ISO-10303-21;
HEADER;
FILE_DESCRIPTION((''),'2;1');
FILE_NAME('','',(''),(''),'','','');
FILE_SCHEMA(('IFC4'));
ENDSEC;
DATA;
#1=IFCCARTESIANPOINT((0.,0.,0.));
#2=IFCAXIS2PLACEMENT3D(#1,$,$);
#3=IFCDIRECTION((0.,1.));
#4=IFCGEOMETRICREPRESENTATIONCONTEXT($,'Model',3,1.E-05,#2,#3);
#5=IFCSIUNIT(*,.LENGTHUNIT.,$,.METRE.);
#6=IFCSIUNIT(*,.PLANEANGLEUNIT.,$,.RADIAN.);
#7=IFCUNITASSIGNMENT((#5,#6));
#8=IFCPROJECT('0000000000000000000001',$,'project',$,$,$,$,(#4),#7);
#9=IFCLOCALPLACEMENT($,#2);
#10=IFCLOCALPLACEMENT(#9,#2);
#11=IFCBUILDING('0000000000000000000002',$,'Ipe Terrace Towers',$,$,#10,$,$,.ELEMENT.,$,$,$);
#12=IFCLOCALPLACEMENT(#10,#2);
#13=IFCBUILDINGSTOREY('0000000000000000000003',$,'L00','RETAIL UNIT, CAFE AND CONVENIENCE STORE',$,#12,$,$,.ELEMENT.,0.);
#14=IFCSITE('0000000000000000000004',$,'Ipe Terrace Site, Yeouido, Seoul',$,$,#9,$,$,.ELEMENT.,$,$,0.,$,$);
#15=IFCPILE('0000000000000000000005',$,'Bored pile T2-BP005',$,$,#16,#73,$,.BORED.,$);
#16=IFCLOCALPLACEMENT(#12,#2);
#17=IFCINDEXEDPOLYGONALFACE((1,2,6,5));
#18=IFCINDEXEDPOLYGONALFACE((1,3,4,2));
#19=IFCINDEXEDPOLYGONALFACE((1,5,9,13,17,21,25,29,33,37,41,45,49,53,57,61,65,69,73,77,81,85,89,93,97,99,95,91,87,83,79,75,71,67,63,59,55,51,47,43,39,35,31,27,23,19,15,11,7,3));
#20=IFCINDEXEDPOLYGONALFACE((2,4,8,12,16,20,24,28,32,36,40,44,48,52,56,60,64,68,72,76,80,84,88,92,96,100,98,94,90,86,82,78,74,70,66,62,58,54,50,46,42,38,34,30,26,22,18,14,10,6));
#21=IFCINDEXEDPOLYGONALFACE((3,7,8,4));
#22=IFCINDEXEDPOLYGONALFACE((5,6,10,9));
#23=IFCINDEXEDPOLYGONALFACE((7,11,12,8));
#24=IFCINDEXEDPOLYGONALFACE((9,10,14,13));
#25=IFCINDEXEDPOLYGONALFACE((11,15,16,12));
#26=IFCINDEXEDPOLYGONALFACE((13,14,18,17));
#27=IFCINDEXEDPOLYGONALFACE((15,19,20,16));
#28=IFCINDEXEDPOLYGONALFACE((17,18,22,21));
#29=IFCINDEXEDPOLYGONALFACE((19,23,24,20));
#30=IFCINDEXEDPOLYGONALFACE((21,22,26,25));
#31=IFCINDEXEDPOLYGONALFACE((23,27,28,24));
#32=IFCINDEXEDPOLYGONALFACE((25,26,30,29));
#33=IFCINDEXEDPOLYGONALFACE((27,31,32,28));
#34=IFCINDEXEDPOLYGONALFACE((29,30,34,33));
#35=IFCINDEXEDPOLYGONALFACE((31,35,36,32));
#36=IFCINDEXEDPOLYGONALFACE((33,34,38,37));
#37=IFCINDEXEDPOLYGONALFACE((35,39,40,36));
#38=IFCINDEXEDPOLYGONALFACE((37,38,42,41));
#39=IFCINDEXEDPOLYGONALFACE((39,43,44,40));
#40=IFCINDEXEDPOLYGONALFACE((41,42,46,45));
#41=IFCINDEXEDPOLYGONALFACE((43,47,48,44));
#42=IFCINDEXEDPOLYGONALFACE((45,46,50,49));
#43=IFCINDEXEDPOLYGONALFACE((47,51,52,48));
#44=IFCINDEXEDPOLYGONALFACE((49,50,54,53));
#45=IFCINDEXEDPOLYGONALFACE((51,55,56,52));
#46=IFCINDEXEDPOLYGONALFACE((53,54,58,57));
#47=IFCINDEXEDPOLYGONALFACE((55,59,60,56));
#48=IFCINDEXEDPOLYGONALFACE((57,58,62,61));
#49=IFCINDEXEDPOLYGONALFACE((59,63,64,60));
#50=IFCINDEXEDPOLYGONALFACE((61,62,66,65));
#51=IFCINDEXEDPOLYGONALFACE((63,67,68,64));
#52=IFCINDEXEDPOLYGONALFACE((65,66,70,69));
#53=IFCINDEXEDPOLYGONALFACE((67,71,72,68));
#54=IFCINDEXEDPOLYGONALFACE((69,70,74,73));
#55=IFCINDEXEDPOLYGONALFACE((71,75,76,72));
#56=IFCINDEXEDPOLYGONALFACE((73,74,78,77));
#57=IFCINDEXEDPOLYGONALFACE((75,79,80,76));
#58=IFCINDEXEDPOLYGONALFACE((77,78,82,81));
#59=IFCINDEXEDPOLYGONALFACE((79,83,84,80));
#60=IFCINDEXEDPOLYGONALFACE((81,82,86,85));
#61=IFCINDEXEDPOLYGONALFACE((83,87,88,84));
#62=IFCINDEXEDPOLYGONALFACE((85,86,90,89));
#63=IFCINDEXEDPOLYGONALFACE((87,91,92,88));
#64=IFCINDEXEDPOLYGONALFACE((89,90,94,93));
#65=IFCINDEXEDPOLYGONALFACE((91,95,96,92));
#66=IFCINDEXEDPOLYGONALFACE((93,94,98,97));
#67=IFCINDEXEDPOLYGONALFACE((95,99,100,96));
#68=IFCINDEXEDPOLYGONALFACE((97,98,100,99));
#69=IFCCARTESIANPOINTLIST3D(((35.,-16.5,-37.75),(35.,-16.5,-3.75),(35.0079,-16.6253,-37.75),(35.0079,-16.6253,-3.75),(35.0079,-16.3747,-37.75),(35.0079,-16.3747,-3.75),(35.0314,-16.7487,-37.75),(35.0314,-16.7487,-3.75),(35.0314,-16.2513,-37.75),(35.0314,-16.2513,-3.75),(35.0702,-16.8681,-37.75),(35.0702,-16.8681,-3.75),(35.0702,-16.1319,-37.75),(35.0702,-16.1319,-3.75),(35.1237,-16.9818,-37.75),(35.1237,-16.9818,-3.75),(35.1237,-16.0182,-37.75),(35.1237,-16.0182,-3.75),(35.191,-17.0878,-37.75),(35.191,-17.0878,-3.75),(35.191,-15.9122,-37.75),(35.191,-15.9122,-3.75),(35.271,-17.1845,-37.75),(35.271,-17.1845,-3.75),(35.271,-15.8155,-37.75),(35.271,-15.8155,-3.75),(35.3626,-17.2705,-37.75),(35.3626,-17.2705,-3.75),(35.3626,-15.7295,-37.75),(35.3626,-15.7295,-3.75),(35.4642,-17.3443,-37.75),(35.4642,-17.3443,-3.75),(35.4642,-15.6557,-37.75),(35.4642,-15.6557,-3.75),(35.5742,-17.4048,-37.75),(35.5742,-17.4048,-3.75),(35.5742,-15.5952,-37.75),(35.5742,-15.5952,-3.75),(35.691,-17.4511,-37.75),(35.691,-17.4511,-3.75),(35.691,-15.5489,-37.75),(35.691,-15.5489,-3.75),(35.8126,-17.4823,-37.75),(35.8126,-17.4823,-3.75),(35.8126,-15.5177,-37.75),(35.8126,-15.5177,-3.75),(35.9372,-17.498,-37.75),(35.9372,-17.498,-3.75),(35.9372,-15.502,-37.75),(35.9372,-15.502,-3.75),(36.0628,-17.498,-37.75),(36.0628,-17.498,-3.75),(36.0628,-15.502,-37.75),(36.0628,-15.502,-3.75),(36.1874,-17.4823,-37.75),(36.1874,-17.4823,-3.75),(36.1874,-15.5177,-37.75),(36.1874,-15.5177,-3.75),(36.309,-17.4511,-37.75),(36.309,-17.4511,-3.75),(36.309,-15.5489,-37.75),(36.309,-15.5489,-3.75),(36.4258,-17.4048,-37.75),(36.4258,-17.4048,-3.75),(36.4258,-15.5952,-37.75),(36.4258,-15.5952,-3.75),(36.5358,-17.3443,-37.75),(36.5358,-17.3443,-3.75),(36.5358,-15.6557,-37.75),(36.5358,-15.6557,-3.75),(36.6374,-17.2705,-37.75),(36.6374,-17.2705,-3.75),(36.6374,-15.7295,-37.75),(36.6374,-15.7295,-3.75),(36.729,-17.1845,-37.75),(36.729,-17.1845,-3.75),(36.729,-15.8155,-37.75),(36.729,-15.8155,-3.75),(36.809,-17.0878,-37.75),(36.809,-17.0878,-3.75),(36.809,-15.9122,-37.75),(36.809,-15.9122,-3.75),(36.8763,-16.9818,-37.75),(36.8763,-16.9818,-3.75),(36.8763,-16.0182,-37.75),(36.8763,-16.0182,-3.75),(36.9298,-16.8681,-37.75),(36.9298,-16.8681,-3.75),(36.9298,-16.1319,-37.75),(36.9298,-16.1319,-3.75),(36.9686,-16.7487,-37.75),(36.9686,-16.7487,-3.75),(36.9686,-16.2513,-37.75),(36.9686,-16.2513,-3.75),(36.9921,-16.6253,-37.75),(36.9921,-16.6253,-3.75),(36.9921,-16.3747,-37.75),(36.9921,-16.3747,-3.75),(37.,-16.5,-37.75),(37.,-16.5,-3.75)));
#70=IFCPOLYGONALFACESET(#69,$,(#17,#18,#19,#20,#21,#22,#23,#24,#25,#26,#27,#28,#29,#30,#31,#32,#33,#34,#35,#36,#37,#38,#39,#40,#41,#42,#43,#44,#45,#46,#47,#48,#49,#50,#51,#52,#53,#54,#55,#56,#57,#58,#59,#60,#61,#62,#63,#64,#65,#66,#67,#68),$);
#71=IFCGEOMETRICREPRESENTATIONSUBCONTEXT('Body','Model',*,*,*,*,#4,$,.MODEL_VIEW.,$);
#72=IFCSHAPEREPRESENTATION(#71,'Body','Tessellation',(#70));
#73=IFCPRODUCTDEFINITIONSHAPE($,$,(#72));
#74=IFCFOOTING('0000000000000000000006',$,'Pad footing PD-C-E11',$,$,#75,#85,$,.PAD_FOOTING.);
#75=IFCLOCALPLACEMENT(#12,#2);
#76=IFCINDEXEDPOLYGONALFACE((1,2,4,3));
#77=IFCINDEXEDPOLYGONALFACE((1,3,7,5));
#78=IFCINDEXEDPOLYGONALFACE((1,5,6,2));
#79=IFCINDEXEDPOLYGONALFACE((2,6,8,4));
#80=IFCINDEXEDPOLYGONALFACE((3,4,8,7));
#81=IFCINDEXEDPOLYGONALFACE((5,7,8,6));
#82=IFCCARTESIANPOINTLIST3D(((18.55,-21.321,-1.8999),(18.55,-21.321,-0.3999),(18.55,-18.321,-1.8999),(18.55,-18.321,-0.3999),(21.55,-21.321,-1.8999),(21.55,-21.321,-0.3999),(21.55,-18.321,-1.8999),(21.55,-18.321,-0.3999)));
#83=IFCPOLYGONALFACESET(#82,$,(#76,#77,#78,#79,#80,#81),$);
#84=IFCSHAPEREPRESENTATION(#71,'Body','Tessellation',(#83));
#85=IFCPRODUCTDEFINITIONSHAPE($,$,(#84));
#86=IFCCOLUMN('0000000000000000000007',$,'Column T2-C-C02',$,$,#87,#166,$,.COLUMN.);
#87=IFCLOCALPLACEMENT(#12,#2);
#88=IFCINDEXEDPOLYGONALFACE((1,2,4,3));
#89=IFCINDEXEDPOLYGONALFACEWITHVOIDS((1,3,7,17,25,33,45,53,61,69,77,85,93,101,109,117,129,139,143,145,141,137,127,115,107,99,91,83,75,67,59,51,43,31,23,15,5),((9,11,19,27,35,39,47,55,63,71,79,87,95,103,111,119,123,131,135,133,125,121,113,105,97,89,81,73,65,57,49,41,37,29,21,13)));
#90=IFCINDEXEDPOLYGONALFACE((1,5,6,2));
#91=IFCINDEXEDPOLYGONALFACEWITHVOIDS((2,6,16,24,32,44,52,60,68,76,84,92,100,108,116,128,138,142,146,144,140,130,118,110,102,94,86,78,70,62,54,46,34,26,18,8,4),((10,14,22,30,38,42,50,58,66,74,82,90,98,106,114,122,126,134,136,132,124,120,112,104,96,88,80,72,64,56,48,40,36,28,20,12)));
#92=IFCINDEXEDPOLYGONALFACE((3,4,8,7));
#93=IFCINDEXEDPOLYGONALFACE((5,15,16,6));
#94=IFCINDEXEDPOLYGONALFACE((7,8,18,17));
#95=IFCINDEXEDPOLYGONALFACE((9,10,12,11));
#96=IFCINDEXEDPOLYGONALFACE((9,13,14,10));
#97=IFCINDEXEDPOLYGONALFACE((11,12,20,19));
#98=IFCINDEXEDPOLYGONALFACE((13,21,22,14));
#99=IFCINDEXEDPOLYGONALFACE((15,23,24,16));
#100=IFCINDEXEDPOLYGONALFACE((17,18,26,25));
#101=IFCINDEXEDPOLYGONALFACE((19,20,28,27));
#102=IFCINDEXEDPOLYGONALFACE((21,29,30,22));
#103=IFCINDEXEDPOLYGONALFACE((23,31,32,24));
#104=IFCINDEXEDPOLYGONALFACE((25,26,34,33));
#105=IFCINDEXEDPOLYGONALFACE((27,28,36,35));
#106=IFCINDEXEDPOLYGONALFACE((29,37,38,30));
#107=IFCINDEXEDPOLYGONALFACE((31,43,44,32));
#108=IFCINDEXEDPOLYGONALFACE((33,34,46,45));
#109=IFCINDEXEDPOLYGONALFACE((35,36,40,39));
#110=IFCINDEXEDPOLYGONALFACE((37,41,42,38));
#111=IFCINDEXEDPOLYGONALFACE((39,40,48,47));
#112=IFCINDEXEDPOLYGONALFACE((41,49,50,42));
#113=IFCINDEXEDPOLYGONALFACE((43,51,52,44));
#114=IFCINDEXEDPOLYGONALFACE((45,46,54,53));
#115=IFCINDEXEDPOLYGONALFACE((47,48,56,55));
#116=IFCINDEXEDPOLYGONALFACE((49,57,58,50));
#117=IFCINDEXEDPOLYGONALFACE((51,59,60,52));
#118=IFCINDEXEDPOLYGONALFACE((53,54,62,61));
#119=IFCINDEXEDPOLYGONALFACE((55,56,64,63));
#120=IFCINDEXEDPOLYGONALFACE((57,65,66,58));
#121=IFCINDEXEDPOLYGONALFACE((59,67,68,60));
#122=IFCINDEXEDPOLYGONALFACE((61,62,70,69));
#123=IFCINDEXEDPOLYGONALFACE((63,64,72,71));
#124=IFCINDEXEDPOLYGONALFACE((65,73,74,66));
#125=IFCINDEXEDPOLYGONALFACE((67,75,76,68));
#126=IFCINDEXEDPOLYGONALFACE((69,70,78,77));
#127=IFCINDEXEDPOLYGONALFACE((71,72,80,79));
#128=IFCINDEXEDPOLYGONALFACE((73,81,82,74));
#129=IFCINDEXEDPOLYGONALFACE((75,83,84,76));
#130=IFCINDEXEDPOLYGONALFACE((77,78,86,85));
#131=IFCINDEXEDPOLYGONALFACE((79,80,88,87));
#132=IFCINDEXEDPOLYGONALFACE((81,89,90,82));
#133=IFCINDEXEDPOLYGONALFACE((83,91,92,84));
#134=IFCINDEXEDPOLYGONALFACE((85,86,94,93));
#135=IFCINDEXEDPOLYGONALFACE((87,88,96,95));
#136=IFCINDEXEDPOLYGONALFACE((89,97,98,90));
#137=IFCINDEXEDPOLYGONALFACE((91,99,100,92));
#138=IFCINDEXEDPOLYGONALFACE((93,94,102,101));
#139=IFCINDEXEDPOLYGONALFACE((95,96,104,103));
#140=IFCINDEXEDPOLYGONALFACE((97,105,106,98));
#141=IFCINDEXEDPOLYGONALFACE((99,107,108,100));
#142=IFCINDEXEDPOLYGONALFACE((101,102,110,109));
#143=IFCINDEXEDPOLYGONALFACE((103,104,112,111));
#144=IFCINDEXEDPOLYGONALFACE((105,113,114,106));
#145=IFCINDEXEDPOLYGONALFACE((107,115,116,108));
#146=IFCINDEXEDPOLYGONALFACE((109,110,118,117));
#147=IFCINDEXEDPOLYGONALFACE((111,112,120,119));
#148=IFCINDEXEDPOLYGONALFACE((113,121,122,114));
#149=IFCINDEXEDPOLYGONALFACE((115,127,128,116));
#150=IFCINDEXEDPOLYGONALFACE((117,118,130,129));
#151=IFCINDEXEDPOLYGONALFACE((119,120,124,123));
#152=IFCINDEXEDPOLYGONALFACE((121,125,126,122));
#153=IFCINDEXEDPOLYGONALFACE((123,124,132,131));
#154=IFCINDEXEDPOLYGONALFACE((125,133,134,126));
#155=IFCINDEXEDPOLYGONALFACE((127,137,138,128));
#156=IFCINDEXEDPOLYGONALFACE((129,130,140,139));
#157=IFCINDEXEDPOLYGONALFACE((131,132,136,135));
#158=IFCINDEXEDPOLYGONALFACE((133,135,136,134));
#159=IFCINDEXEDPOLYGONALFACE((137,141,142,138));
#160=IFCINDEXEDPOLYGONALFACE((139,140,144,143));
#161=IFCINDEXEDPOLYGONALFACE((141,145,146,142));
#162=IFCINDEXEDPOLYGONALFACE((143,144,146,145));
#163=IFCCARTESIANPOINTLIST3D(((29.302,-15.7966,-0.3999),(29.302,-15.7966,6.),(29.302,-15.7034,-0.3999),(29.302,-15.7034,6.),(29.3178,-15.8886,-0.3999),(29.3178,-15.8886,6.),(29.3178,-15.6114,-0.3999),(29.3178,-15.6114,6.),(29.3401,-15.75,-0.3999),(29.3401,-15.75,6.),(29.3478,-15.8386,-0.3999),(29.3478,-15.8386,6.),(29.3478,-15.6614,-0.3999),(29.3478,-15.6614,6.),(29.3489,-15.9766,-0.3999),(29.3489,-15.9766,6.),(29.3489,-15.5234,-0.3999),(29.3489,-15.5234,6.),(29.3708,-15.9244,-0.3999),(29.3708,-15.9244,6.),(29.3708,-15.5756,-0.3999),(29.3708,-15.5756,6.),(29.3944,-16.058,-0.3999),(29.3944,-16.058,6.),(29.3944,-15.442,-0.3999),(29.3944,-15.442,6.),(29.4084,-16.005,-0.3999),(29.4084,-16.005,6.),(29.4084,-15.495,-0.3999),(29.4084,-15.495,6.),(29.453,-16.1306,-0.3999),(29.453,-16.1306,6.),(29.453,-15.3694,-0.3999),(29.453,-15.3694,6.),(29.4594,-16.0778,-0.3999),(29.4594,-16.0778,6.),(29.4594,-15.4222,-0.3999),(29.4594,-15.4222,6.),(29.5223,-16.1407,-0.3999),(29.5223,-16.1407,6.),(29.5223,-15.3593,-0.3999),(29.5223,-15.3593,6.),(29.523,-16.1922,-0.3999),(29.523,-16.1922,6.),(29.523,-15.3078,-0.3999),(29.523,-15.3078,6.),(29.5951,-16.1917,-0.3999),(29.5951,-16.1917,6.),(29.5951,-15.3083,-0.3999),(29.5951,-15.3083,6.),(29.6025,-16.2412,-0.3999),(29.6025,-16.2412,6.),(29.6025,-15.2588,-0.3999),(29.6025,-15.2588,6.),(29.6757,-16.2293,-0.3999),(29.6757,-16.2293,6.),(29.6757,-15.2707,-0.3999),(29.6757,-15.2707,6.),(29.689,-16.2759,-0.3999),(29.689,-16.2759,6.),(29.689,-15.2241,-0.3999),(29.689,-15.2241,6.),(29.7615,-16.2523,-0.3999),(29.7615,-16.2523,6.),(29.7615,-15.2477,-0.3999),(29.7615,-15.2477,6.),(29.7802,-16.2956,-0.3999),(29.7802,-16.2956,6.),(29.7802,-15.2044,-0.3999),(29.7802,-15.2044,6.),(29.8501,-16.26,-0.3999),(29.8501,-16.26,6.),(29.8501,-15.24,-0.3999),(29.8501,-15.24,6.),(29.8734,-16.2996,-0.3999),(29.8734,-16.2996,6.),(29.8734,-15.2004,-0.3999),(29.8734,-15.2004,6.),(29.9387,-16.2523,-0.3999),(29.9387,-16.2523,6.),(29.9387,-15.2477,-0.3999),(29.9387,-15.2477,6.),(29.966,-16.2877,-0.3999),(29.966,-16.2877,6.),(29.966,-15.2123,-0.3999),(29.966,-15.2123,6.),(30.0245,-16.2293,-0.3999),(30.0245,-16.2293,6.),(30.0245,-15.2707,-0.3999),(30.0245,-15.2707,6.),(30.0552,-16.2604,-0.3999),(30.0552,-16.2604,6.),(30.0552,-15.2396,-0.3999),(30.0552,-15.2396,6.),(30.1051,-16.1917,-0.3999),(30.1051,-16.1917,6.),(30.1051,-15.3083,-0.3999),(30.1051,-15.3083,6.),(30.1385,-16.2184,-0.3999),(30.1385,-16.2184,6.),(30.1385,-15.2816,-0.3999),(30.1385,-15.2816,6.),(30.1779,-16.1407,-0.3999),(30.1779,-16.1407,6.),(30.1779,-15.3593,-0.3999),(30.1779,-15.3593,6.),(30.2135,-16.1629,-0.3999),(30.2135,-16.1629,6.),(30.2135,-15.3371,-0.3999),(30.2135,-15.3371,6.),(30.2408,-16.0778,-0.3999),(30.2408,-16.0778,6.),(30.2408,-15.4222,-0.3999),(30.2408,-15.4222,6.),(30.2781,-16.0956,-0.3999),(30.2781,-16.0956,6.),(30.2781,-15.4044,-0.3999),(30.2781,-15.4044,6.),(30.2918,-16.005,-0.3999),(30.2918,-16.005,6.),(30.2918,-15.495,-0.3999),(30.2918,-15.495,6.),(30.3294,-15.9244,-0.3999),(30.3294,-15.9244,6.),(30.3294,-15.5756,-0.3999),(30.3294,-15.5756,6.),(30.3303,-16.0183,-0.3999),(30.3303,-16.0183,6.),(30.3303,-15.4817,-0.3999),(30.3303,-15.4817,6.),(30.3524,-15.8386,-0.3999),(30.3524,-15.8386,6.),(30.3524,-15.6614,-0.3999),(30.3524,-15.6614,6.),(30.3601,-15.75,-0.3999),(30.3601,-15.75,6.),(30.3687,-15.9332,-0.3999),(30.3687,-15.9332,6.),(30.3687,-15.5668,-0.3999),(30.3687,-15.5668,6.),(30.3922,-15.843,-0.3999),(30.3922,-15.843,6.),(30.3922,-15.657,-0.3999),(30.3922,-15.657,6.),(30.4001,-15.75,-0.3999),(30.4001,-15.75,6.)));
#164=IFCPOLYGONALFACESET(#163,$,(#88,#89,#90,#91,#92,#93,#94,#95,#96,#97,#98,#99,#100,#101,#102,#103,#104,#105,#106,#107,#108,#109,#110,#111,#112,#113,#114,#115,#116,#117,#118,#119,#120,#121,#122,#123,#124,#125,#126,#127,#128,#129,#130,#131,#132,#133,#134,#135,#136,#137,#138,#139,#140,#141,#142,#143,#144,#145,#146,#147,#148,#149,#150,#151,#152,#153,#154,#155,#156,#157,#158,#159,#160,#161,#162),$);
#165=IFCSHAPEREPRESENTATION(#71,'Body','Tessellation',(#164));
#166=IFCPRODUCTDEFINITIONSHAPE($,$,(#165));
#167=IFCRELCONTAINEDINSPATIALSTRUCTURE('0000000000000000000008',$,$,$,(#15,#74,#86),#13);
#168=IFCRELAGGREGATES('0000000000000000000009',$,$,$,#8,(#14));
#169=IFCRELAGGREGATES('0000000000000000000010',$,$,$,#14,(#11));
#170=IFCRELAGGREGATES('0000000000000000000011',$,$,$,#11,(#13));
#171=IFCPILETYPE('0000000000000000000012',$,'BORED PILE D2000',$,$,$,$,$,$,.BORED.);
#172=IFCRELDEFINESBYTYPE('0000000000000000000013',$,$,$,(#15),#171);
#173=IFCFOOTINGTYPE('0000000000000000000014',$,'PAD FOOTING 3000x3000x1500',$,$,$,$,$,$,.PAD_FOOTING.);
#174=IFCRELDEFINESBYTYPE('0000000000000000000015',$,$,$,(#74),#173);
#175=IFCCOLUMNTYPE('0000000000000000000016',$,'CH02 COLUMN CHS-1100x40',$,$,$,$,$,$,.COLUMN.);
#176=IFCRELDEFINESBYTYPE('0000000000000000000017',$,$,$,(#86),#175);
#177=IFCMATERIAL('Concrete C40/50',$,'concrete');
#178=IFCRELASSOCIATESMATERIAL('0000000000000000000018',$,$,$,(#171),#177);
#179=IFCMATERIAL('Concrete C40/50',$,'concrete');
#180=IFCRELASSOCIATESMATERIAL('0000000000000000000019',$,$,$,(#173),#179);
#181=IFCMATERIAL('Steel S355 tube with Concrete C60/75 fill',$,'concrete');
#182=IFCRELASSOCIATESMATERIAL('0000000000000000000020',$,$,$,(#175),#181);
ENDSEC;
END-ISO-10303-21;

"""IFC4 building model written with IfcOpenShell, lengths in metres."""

from ifc_helpers import new_model, si_unit, direction, frame, origin, origin_2d, place, context, subcontext, project, spatial, rectangle, circle, hollow_circle, extrude, material, material_profile, profile_set, type_object, element, save


model = new_model("IFC4")

# Units and contexts
model_context = context("Model", 3, precision=1e-05, world=origin(), true_north=direction((0.0, 1.0)))
body_context = subcontext(model_context, "Body", "Model", "MODEL_VIEW")
ifc_project = project(units=[si_unit("LENGTHUNIT", "METRE"), si_unit("PLANEANGLEUNIT", "RADIAN")], contexts=[model_context])

# Site, building, storey
site_placement = place(None, origin())
site = spatial("IfcSite", under=ifc_project, at=site_placement, Name="Ipe Terrace Site, Yeouido, Seoul", CompositionType="ELEMENT", RefElevation=0.0)
building_placement = place(site_placement, origin())
building = spatial("IfcBuilding", under=site, at=building_placement, Name="Ipe Terrace Towers", CompositionType="ELEMENT")
storey_placement = place(building_placement, origin())
storey = spatial("IfcBuildingStorey", under=building, at=storey_placement, Name="L00", Description="RETAIL UNIT, CAFE AND CONVENIENCE STORE", CompositionType="ELEMENT", Elevation=0.0)

# Pile
ifc_material_1 = material(Name="Concrete C40/50", Category="concrete")
ifc_material_profile_1 = material_profile(ifc_material_1, circle(Radius=1.0, at=origin_2d()), Name="BORED PILE D2000")
ifc_profile_set_1 = profile_set([ifc_material_profile_1], Name="Concrete C40/50")
pile_type = type_object("IfcPileType", Name="BORED PILE D2000", PredefinedType="BORED", material=ifc_profile_set_1)
for number, where, z_axis, x_axis, name in (
    (1, (36.0, -16.5, -3.75), (0.0, 0.0, -1.0), (1.0, 0.0, 0.0), "Bored pile T2-BP005"),
):
    element("IfcPile", number, at=place(storey_placement, frame(where, z_axis=z_axis, x_axis=x_axis)), inside=storey, type_object=pile_type, Name=name, PredefinedType="BORED", context=body_context, shape_type="SweptSolid", body=[
        extrude(circle(Radius=1.0, at=origin_2d()), origin(), (0.0, 0.0, 1.0), 34.0),
    ])

# Footing
ifc_material_2 = material(Name="Concrete C40/50", Category="concrete")
footing_type = type_object("IfcFootingType", Name="PAD FOOTING 3000x3000x1500", PredefinedType="PAD_FOOTING", material=ifc_material_2)
footing_placement = place(storey_placement, frame((20.05, -19.821, -1.8999), z_axis=(0.0, 0.0, 1.0), x_axis=(1.0, 0.0, 0.0)))
element("IfcFooting", 2, at=footing_placement, inside=storey, type_object=footing_type, Name="Pad footing PD-C-E11", PredefinedType="PAD_FOOTING", context=body_context, shape_type="SweptSolid", body=[
    extrude(rectangle(XDim=3.0, YDim=3.0, at=origin_2d()), origin(), (0.0, 0.0, 1.0), 1.5),
])

# Column
ifc_material_3 = material(Name="Steel S355 tube with Concrete C60/75 fill", Category="concrete")
ifc_material_profile_2 = material_profile(ifc_material_3, hollow_circle(Radius=0.55, WallThickness=0.04, at=origin_2d()), Name="CHS-1100x40")
ifc_profile_set_2 = profile_set([ifc_material_profile_2], Name="Steel S355 tube with Concrete C60/75 fill")
column_type_1 = type_object("IfcColumnType", Name="CH02 COLUMN CHS-1100x40", PredefinedType="COLUMN", material=ifc_profile_set_2)
for number, where, z_axis, x_axis, name in (
    (3, (29.8501, -15.75, -0.3999), (0.0, 0.0, 1.0), (1.0, 0.0, 0.0), "Column T2-C-C02"),
):
    element("IfcColumn", number, at=place(storey_placement, frame(where, z_axis=z_axis, x_axis=x_axis)), inside=storey, type_object=column_type_1, Name=name, PredefinedType="COLUMN", context=body_context, shape_type="SweptSolid", body=[
        extrude(hollow_circle(Radius=0.55, WallThickness=0.04, at=origin_2d()), origin(), (0.0, 0.0, 1.0), 6.3999),
    ])

save(model, "model.ifc")
